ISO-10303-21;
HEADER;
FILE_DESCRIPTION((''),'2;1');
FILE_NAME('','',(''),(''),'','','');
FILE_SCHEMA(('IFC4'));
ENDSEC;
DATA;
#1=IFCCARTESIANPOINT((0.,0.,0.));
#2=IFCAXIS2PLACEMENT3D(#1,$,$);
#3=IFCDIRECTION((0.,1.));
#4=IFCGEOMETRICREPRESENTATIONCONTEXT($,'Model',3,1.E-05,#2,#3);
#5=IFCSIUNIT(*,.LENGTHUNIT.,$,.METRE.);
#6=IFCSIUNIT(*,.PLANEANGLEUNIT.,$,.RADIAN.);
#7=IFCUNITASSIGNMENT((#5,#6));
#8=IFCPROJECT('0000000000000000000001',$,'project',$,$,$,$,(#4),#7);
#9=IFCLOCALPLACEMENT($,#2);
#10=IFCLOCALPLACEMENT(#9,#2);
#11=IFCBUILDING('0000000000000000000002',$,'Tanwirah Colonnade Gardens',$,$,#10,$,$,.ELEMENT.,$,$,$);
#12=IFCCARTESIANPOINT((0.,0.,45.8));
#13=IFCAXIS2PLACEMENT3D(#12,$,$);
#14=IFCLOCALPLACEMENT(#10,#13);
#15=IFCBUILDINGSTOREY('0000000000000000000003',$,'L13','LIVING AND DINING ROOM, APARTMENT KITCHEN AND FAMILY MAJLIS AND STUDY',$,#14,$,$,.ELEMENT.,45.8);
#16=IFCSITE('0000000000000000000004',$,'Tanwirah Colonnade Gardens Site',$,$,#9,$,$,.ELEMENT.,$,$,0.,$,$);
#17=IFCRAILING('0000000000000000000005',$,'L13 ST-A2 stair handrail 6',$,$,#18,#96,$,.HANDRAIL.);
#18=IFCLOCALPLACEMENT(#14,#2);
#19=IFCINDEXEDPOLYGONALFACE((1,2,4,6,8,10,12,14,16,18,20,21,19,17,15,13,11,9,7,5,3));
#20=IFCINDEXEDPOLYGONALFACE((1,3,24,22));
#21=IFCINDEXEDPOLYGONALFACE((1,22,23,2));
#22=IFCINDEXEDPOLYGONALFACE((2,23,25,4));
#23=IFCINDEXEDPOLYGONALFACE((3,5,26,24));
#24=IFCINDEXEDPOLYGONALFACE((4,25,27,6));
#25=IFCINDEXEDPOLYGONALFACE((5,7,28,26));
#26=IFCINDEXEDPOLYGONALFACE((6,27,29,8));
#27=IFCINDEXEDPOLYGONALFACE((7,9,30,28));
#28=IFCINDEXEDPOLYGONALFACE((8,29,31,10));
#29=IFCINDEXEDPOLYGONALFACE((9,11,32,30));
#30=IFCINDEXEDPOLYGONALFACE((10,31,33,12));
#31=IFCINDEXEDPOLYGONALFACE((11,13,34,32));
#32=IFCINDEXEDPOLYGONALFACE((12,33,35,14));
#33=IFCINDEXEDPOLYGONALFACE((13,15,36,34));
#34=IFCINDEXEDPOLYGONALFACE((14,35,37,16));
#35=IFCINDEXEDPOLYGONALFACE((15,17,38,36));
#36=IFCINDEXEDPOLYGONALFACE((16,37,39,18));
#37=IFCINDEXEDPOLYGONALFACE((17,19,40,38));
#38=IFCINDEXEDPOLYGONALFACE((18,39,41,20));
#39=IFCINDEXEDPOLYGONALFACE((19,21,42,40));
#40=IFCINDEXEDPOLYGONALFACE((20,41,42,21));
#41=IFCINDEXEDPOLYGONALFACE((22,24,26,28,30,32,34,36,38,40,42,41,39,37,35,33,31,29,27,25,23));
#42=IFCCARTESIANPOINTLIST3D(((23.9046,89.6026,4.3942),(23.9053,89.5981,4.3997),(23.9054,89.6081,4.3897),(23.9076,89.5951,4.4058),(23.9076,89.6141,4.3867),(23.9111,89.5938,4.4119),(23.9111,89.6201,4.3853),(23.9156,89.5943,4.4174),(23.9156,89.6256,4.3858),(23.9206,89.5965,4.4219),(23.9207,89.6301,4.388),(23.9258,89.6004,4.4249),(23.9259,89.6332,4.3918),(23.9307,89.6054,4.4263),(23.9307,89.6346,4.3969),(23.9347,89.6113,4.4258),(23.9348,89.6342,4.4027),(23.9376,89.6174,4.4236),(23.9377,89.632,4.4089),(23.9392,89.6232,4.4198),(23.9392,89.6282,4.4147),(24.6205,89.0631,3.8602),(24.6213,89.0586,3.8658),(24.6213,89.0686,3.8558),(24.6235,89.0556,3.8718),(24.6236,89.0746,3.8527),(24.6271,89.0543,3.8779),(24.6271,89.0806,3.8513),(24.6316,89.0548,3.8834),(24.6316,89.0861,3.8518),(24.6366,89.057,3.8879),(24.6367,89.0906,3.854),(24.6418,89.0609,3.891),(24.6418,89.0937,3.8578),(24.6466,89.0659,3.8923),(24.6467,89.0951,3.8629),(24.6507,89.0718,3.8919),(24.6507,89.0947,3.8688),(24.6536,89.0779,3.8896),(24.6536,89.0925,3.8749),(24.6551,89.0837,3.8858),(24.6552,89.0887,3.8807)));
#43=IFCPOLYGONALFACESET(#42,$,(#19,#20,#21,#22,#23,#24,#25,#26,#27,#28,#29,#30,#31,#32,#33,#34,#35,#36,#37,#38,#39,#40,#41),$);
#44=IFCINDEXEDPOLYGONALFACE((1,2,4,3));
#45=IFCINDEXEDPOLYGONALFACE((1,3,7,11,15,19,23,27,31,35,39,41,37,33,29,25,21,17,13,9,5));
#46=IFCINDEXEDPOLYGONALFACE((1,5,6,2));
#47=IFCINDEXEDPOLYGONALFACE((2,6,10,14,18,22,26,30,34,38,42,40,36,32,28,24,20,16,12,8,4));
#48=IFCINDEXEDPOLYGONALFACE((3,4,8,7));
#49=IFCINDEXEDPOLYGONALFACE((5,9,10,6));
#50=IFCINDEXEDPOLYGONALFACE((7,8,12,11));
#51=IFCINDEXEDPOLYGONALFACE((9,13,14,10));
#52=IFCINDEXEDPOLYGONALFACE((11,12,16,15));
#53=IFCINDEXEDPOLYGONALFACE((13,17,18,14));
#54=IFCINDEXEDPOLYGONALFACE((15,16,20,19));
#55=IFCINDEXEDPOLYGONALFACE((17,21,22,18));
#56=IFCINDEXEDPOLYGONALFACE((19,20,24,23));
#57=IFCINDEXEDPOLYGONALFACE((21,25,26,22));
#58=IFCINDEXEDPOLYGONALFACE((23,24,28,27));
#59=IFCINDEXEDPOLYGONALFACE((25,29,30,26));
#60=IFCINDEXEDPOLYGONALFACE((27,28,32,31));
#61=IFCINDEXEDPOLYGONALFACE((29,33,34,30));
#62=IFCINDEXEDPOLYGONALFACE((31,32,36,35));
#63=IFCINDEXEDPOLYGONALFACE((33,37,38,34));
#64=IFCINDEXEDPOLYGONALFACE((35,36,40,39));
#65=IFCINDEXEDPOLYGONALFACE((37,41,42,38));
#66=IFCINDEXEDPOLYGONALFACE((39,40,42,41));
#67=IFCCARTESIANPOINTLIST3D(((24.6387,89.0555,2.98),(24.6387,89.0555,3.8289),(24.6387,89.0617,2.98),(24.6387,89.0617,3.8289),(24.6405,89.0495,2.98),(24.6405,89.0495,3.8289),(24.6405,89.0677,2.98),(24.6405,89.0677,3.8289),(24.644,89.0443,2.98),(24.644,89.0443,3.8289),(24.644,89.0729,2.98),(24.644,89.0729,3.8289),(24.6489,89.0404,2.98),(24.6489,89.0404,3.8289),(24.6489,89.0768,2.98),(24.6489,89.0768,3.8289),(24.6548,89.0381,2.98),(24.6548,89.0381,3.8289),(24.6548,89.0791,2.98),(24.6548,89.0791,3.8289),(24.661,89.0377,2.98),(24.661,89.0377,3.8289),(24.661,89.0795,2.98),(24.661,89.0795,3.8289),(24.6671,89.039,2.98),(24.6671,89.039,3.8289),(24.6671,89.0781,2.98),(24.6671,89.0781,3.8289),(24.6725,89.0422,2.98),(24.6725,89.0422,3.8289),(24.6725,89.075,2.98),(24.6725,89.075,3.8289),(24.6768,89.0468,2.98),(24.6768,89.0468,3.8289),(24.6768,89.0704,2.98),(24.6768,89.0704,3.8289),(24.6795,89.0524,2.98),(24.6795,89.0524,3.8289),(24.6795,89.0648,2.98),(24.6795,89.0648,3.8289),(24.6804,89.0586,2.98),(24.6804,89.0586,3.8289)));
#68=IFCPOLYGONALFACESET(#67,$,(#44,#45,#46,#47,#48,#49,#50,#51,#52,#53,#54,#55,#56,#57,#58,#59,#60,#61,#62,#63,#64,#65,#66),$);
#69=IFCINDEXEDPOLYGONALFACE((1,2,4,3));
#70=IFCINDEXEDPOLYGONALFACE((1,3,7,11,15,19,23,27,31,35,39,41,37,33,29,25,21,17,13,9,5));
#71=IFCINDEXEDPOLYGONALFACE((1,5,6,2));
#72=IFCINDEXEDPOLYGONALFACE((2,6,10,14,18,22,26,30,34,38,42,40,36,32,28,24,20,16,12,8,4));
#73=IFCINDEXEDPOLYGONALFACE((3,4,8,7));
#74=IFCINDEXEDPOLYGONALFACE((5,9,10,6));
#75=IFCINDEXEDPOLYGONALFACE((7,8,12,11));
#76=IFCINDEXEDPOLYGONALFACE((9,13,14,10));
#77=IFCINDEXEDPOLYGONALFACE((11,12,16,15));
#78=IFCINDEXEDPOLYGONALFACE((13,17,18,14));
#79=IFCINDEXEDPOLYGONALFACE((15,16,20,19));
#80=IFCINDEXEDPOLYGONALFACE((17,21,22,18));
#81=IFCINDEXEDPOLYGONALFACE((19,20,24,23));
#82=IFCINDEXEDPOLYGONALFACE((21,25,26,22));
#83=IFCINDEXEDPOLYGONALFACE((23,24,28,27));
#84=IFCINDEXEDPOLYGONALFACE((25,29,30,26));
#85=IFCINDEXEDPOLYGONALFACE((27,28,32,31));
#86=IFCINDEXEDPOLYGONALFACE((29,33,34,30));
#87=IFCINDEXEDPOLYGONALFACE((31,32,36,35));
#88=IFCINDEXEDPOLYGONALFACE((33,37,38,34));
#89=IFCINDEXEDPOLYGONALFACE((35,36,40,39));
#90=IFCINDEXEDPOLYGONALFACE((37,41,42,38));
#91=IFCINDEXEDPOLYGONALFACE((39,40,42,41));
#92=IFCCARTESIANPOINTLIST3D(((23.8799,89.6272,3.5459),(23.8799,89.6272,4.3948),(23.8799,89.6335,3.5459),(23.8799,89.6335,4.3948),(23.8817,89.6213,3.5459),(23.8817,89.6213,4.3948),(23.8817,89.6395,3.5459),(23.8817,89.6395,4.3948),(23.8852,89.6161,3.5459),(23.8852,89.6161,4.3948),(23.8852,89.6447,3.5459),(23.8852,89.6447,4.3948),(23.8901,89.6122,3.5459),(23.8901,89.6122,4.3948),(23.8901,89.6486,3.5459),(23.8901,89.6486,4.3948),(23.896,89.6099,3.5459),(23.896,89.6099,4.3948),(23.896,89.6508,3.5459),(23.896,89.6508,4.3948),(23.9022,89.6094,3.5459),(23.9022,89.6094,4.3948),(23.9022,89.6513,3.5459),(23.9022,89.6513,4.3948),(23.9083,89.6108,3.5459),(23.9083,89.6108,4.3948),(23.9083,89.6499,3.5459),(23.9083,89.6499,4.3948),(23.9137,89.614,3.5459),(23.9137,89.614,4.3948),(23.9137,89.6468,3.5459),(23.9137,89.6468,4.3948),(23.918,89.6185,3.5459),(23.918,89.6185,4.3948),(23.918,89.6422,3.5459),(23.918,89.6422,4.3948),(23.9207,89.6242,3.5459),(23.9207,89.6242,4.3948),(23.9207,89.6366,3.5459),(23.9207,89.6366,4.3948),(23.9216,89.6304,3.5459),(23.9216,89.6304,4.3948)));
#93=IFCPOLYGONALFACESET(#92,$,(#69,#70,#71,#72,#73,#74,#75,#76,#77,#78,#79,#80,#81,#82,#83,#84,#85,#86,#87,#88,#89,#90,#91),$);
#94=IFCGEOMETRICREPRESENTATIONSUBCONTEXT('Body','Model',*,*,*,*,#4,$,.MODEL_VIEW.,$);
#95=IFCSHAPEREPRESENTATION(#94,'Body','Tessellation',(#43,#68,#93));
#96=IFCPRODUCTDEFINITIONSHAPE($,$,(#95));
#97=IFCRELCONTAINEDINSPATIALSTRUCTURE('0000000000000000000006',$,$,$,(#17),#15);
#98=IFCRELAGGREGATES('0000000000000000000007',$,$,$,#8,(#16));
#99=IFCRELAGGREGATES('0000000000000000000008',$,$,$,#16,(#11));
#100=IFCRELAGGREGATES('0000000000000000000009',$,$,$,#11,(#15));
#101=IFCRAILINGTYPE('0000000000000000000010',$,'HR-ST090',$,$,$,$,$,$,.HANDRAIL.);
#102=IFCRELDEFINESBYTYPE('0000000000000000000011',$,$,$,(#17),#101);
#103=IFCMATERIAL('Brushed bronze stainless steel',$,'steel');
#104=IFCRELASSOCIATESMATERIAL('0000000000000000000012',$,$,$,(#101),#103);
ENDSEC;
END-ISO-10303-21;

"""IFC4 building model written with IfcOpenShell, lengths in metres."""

from ifc_helpers import new_model, si_unit, direction, frame, origin, origin_2d, place, context, subcontext, project, spatial, circle, extrude, material, type_object, element, save


model = new_model("IFC4")

# Units and contexts
model_context = context("Model", 3, precision=1e-05, world=origin(), true_north=direction((0.0, 1.0)))
body_context = subcontext(model_context, "Body", "Model", "MODEL_VIEW")
ifc_project = project(units=[si_unit("LENGTHUNIT", "METRE"), si_unit("PLANEANGLEUNIT", "RADIAN")], contexts=[model_context])

# Site, building, storey
site_placement = place(None, origin())
site = spatial("IfcSite", under=ifc_project, at=site_placement, Name="Tanwirah Colonnade Gardens Site", CompositionType="ELEMENT", RefElevation=0.0)
building_placement = place(site_placement, origin())
building = spatial("IfcBuilding", under=site, at=building_placement, Name="Tanwirah Colonnade Gardens", CompositionType="ELEMENT")
storey_placement = place(building_placement, frame((0.0, 0.0, 45.8)))
storey = spatial("IfcBuildingStorey", under=building, at=storey_placement, Name="L13", Description="LIVING AND DINING ROOM, APARTMENT KITCHEN AND FAMILY MAJLIS AND STUDY", CompositionType="ELEMENT", Elevation=45.8)

# Railing
ifc_material_1 = material(Name="Brushed bronze stainless steel", Category="steel")
railing_type_1 = type_object("IfcRailingType", Name="HR-ST090", PredefinedType="HANDRAIL", material=ifc_material_1)
railing_1_placement = place(storey_placement, frame((24.6594, 89.0586, 2.98)))
element("IfcRailing", 1, at=railing_1_placement, inside=storey, type_object=railing_type_1, Name="L13 ST-A2 stair handrail 6", PredefinedType="HANDRAIL", context=body_context, shape_type="SweptSolid", body=[
    extrude(circle(Radius=0.0239, at=origin_2d()), frame((-0.0215, 0.0161, 0.8918), z_axis=(-0.686145, 0.517037, 0.511739), x_axis=(-0.601807, -0.798641, 0.0)), (0.0, 0.0, 1.0), 1.0435),
    extrude(circle(Radius=0.021, at=origin_2d()), origin(), (0.0, 0.0, 1.0), 0.8489),
    extrude(circle(Radius=0.021, at=origin_2d()), frame((-0.7588, 0.5718, 0.5659)), (0.0, 0.0, 1.0), 0.8489),
])

save(model, "model.ifc")
